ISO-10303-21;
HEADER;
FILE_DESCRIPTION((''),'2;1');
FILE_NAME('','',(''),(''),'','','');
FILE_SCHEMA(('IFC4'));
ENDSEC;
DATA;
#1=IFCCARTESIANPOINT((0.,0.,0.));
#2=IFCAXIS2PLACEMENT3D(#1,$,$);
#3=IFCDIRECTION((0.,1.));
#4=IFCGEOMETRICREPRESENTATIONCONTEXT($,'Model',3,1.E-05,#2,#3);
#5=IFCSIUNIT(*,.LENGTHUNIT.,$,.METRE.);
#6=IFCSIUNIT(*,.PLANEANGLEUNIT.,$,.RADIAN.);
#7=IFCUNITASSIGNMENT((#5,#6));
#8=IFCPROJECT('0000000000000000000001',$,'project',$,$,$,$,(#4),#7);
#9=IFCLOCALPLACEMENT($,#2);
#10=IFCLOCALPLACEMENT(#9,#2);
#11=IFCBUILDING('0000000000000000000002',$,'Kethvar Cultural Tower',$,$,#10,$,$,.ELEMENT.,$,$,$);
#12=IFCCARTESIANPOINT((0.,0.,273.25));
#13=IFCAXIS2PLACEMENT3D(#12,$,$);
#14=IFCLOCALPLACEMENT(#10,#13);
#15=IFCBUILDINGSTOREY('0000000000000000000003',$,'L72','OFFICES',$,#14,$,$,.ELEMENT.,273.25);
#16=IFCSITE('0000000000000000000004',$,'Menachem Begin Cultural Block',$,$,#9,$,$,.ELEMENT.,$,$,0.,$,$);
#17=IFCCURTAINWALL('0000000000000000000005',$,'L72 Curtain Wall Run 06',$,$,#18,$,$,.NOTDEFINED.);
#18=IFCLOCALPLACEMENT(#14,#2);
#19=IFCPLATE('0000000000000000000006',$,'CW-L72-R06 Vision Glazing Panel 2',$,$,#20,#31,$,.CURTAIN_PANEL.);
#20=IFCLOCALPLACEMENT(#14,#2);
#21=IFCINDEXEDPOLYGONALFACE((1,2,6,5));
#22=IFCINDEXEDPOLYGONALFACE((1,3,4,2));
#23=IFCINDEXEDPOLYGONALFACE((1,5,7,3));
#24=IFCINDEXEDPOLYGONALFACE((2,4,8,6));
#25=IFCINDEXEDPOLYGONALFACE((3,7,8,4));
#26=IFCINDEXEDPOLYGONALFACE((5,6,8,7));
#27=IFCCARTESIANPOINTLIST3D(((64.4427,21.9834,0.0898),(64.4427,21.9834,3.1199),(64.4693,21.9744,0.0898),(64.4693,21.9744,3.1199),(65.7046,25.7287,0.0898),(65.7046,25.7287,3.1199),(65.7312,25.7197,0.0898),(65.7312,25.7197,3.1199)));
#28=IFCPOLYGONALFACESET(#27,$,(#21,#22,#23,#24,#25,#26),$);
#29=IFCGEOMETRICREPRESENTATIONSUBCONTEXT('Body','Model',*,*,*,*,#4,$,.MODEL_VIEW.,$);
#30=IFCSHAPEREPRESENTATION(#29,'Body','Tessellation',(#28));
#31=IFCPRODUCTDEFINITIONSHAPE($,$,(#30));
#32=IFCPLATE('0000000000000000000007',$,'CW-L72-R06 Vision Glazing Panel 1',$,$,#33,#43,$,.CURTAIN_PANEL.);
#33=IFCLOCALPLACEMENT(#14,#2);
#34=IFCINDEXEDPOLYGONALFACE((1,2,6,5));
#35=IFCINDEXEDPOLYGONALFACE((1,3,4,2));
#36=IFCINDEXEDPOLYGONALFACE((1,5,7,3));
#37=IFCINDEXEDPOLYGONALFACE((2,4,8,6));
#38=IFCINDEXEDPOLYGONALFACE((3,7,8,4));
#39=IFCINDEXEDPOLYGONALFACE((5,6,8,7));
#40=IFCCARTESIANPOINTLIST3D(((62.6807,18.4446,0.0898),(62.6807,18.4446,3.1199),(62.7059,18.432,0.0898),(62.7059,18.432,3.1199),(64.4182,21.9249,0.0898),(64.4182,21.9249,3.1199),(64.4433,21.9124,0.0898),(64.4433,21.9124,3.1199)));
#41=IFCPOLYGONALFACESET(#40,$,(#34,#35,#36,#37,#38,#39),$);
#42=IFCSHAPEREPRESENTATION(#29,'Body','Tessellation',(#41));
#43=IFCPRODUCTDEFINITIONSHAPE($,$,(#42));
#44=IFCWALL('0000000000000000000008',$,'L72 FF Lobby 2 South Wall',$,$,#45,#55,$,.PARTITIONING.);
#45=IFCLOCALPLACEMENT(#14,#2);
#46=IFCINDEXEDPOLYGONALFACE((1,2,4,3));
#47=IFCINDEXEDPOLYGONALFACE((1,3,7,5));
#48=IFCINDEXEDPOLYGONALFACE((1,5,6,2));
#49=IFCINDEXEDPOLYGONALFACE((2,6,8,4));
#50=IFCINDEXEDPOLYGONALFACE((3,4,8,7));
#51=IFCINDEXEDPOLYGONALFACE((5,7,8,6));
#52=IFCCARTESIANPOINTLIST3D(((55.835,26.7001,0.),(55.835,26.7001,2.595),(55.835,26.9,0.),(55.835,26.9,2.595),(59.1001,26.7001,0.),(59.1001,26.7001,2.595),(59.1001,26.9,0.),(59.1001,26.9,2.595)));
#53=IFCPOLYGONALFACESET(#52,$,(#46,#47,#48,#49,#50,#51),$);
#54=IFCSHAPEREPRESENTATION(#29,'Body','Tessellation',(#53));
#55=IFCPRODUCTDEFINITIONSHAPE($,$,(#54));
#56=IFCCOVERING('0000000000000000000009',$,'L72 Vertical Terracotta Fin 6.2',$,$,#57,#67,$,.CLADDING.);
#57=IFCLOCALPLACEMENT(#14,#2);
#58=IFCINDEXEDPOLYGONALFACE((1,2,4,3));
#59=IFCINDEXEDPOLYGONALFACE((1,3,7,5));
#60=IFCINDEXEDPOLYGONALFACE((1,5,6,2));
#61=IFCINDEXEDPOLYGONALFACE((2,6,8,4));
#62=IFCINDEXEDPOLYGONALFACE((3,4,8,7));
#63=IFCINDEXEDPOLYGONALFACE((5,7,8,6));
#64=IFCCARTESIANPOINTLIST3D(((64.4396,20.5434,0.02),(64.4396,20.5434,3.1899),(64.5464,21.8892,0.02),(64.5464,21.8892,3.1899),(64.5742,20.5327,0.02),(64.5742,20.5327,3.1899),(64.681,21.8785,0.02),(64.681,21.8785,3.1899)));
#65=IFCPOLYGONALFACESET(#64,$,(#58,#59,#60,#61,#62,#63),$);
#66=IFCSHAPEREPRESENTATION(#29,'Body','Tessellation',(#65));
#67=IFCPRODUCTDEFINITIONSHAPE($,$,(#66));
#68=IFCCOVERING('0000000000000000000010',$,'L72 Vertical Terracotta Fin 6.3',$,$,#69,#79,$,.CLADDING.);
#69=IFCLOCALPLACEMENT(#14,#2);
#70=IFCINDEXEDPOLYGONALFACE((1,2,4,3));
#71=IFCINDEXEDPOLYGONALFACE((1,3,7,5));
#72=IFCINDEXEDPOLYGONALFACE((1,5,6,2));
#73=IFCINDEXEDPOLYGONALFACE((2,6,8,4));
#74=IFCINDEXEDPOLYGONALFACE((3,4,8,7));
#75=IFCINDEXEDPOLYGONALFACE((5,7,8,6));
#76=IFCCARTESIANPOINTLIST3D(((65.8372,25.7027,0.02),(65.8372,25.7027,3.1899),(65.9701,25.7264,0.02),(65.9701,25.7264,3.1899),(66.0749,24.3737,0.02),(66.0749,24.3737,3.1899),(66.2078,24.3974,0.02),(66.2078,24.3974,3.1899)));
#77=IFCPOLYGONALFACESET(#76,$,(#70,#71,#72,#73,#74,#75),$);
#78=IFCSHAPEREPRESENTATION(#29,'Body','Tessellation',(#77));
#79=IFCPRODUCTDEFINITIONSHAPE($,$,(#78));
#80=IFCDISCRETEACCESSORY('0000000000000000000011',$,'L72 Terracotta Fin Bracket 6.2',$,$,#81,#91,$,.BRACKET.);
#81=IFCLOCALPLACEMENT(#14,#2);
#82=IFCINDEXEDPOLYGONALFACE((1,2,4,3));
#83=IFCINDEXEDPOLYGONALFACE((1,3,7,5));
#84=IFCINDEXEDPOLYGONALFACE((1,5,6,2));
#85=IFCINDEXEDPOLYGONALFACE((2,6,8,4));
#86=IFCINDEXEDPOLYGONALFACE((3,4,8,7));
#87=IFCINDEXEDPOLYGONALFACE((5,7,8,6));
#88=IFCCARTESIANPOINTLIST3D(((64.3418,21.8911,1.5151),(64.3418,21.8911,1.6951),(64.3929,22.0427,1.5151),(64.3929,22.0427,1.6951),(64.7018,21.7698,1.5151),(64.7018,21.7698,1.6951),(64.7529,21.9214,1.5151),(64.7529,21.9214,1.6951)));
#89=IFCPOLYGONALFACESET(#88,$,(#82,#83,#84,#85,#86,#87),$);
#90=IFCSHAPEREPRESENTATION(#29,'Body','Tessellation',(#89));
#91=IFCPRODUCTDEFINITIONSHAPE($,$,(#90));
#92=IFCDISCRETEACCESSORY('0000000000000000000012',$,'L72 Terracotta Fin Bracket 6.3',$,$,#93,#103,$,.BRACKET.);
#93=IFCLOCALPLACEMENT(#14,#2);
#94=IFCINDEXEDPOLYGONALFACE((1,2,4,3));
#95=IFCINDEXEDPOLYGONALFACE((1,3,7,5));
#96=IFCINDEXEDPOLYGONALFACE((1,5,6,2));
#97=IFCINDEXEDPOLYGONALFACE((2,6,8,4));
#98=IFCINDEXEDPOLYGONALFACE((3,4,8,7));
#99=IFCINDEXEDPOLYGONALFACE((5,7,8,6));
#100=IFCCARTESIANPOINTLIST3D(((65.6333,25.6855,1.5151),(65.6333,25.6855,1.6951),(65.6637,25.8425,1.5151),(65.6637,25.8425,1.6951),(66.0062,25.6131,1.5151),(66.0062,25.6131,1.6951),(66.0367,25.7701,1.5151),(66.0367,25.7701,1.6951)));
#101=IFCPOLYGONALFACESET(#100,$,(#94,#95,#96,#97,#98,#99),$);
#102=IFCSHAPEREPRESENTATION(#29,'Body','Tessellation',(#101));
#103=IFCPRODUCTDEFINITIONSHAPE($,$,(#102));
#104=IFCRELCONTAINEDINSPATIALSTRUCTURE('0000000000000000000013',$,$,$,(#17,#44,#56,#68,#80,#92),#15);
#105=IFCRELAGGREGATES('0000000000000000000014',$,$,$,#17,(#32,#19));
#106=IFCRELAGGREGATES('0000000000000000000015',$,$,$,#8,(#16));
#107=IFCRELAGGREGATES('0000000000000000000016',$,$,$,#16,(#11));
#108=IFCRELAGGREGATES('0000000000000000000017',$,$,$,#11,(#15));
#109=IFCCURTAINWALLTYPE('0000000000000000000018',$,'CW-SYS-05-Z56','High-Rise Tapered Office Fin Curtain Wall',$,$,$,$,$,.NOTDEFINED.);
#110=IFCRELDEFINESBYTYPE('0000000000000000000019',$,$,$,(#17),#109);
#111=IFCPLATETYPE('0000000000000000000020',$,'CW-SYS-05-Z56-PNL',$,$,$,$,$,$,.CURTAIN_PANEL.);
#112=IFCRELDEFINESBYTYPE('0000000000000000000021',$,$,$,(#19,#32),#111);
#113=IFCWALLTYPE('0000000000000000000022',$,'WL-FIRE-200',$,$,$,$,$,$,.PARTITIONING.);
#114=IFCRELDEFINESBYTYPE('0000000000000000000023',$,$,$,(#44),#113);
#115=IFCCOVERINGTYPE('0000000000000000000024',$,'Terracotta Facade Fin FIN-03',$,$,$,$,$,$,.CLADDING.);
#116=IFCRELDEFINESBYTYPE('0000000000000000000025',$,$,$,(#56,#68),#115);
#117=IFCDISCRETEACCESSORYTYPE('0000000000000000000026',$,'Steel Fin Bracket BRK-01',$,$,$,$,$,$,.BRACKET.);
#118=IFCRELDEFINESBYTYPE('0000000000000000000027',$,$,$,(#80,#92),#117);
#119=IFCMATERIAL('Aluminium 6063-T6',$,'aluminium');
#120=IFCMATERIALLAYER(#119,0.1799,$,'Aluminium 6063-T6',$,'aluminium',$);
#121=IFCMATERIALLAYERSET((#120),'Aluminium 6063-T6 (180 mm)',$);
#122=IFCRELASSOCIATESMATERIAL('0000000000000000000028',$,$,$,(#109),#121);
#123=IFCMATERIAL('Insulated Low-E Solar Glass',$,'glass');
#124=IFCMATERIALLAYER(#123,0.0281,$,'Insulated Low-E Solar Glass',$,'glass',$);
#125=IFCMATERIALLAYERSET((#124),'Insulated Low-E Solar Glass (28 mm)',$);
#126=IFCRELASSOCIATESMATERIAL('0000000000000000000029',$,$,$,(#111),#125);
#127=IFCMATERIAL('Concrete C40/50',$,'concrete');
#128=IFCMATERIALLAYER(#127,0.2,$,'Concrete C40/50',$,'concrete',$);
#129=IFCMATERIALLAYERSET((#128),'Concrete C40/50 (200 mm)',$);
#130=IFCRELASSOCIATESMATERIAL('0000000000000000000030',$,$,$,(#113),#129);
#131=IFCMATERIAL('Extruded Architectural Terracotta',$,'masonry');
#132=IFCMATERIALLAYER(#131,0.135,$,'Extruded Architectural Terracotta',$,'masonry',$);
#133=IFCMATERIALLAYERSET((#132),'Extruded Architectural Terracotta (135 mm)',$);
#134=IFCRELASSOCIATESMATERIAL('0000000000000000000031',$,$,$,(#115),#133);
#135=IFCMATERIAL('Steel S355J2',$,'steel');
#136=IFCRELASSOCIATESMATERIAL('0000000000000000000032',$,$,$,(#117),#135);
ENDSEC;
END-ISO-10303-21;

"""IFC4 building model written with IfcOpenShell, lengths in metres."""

from ifc_helpers import new_model, si_unit, direction, frame, frame_2d, origin, origin_2d, place, context, subcontext, project, spatial, rectangle, extrude, source, transform, mapped, material, layer, layer_set, type_object, element, aggregate, save


model = new_model("IFC4")

# Units and contexts
model_context = context("Model", 3, precision=1e-05, world=origin(), true_north=direction((0.0, 1.0)))
body_context = subcontext(model_context, "Body", "Model", "MODEL_VIEW")
ifc_project = project(units=[si_unit("LENGTHUNIT", "METRE"), si_unit("PLANEANGLEUNIT", "RADIAN")], contexts=[model_context])

# Site, building, storey
site_placement = place(None, origin())
site = spatial("IfcSite", under=ifc_project, at=site_placement, Name="Menachem Begin Cultural Block", CompositionType="ELEMENT", RefElevation=0.0)
building_placement = place(site_placement, origin())
building = spatial("IfcBuilding", under=site, at=building_placement, Name="Kethvar Cultural Tower", CompositionType="ELEMENT")
storey_placement = place(building_placement, frame((0.0, 0.0, 273.25)))
storey = spatial("IfcBuildingStorey", under=building, at=storey_placement, Name="L72", Description="OFFICES", CompositionType="ELEMENT", Elevation=273.25)

# Shared definitions
ifc_material_1 = material(Name="Steel S355J2", Category="steel")

# Curtain wall, plates
ifc_material_2 = material(Name="Aluminium 6063-T6", Category="aluminium")
ifc_layer_1 = layer(ifc_material_2, 0.1799, Name="Aluminium 6063-T6", Category="aluminium")
ifc_layer_set_1 = layer_set([ifc_layer_1], Name="Aluminium 6063-T6 (180 mm)")
curtain_wall_type = type_object("IfcCurtainWallType", Name="CW-SYS-05-Z56", Description="High-Rise Tapered Office Fin Curtain Wall", PredefinedType="NOTDEFINED", material=ifc_layer_set_1)
curtain_wall_placement = place(storey_placement, origin())
curtain_wall = element("IfcCurtainWall", 1, at=curtain_wall_placement, inside=storey, type_object=curtain_wall_type, Name="L72 Curtain Wall Run 06", PredefinedType="NOTDEFINED")
ifc_material_3 = material(Name="Insulated Low-E Solar Glass", Category="glass")
ifc_layer_2 = layer(ifc_material_3, 0.0281, Name="Insulated Low-E Solar Glass", Category="glass")
ifc_layer_set_2 = layer_set([ifc_layer_2], Name="Insulated Low-E Solar Glass (28 mm)")
plate_type = type_object("IfcPlateType", Name="CW-SYS-05-Z56-PNL", PredefinedType="CURTAIN_PANEL", material=ifc_layer_set_2)
shared_shape_1 = source(origin(), body_context, "Body", "SweptSolid", [
    extrude(rectangle(XDim=3.9521, YDim=0.0281, at=origin_2d()), origin(), (0.0, 0.0, 1.0), 3.03),
])
plate_1_placement = place(storey_placement, frame((65.0869, 23.8516, 0.0898), z_axis=(0.0, 0.0, 1.0), x_axis=(0.31929, 0.947657, 0.0)))
plate_1 = element("IfcPlate", 2, at=plate_1_placement, type_object=plate_type, Name="CW-L72-R06 Vision Glazing Panel 2", PredefinedType="CURTAIN_PANEL", context=body_context, shape_type="MappedRepresentation", body=[
    mapped(shared_shape_1, transform((0.0, 0.0, 0.0), scale=1.0)),
])
shared_shape_2 = source(origin(), body_context, "Body", "SweptSolid", [
    extrude(rectangle(XDim=3.8899, YDim=0.0281, at=origin_2d()), origin(), (0.0, 0.0, 1.0), 3.03),
])
plate_2_placement = place(storey_placement, frame((63.562, 20.1785, 0.0898), z_axis=(0.0, 0.0, 1.0), x_axis=(0.446651, 0.894708, 0.0)))
plate_2 = element("IfcPlate", 3, at=plate_2_placement, type_object=plate_type, Name="CW-L72-R06 Vision Glazing Panel 1", PredefinedType="CURTAIN_PANEL", context=body_context, shape_type="MappedRepresentation", body=[
    mapped(shared_shape_2, transform((0.0, 0.0, 0.0), scale=1.0)),
])
aggregate(curtain_wall, [plate_2, plate_1])

# Shared definitions
ifc_material_4 = material(Name="Concrete C40/50", Category="concrete")
ifc_layer_3 = layer(ifc_material_4, 0.2, Name="Concrete C40/50", Category="concrete")
ifc_layer_set_3 = layer_set([ifc_layer_3], Name="Concrete C40/50 (200 mm)")
wall_type = type_object("IfcWallType", Name="WL-FIRE-200", PredefinedType="PARTITIONING", material=ifc_layer_set_3)

# Wall
wall_1_placement = place(storey_placement, frame((55.835, 26.8, 0.0), z_axis=(0.0, 0.0, 1.0), x_axis=(1.0, 0.0, 0.0)))
element("IfcWall", 4, at=wall_1_placement, inside=storey, type_object=wall_type, Name="L72 FF Lobby 2 South Wall", PredefinedType="PARTITIONING", context=body_context, shape_type="SweptSolid", body=[
    extrude(rectangle(XDim=3.2651, YDim=0.2, at=frame_2d((1.6326, 0.0))), origin(), (0.0, 0.0, 1.0), 2.595),
])

# Coverings
ifc_material_5 = material(Name="Extruded Architectural Terracotta", Category="masonry")
ifc_layer_4 = layer(ifc_material_5, 0.135, Name="Extruded Architectural Terracotta", Category="masonry")
ifc_layer_set_4 = layer_set([ifc_layer_4], Name="Extruded Architectural Terracotta (135 mm)")
covering_type = type_object("IfcCoveringType", Name="Terracotta Facade Fin FIN-03", PredefinedType="CLADDING", material=ifc_layer_set_4)
shared_shape_3 = source(origin(), body_context, "Body", "SweptSolid", [
    extrude(rectangle(XDim=1.3501, YDim=0.135, at=origin_2d()), origin(), (0.0, 0.0, 1.0), 3.1699),
])
for number, where, z_axis, x_axis, name in (
    (5, (64.5603, 21.2109, 0.02), (0.0, 0.0, 1.0), (-0.079155, -0.996862, 0.0), "L72 Vertical Terracotta Fin 6.2"),
    (6, (66.0225, 25.05, 0.02), (0.0, 0.0, 1.0), (0.176054, -0.984381, 0.0), "L72 Vertical Terracotta Fin 6.3"),
):
    element("IfcCovering", number, at=place(storey_placement, frame(where, z_axis=z_axis, x_axis=x_axis)), inside=storey, type_object=covering_type, Name=name, PredefinedType="CLADDING", context=body_context, shape_type="MappedRepresentation", body=[
        mapped(shared_shape_3, transform((0.0, 0.0, 0.0), scale=1.0)),
    ])

# Discrete accessories
discrete_accessory_type = type_object("IfcDiscreteAccessoryType", Name="Steel Fin Bracket BRK-01", PredefinedType="BRACKET", material=ifc_material_1)
shared_shape_4 = source(origin(), body_context, "Body", "SweptSolid", [
    extrude(rectangle(XDim=0.3799, YDim=0.1599, at=origin_2d()), origin(), (0.0, 0.0, 1.0), 0.1799),
])
for number, where, z_axis, x_axis, name in (
    (7, (64.5474, 21.9062, 1.5151), (0.0, 0.0, 1.0), (0.947657, -0.31929, 0.0), "L72 Terracotta Fin Bracket 6.2"),
    (8, (65.835, 25.7278, 1.5151), (0.0, 0.0, 1.0), (0.98166, -0.190638, 0.0), "L72 Terracotta Fin Bracket 6.3"),
):
    element("IfcDiscreteAccessory", number, at=place(storey_placement, frame(where, z_axis=z_axis, x_axis=x_axis)), inside=storey, type_object=discrete_accessory_type, Name=name, PredefinedType="BRACKET", context=body_context, shape_type="MappedRepresentation", body=[
        mapped(shared_shape_4, transform((0.0, 0.0, 0.0), scale=1.0)),
    ])

save(model, "model.ifc")
